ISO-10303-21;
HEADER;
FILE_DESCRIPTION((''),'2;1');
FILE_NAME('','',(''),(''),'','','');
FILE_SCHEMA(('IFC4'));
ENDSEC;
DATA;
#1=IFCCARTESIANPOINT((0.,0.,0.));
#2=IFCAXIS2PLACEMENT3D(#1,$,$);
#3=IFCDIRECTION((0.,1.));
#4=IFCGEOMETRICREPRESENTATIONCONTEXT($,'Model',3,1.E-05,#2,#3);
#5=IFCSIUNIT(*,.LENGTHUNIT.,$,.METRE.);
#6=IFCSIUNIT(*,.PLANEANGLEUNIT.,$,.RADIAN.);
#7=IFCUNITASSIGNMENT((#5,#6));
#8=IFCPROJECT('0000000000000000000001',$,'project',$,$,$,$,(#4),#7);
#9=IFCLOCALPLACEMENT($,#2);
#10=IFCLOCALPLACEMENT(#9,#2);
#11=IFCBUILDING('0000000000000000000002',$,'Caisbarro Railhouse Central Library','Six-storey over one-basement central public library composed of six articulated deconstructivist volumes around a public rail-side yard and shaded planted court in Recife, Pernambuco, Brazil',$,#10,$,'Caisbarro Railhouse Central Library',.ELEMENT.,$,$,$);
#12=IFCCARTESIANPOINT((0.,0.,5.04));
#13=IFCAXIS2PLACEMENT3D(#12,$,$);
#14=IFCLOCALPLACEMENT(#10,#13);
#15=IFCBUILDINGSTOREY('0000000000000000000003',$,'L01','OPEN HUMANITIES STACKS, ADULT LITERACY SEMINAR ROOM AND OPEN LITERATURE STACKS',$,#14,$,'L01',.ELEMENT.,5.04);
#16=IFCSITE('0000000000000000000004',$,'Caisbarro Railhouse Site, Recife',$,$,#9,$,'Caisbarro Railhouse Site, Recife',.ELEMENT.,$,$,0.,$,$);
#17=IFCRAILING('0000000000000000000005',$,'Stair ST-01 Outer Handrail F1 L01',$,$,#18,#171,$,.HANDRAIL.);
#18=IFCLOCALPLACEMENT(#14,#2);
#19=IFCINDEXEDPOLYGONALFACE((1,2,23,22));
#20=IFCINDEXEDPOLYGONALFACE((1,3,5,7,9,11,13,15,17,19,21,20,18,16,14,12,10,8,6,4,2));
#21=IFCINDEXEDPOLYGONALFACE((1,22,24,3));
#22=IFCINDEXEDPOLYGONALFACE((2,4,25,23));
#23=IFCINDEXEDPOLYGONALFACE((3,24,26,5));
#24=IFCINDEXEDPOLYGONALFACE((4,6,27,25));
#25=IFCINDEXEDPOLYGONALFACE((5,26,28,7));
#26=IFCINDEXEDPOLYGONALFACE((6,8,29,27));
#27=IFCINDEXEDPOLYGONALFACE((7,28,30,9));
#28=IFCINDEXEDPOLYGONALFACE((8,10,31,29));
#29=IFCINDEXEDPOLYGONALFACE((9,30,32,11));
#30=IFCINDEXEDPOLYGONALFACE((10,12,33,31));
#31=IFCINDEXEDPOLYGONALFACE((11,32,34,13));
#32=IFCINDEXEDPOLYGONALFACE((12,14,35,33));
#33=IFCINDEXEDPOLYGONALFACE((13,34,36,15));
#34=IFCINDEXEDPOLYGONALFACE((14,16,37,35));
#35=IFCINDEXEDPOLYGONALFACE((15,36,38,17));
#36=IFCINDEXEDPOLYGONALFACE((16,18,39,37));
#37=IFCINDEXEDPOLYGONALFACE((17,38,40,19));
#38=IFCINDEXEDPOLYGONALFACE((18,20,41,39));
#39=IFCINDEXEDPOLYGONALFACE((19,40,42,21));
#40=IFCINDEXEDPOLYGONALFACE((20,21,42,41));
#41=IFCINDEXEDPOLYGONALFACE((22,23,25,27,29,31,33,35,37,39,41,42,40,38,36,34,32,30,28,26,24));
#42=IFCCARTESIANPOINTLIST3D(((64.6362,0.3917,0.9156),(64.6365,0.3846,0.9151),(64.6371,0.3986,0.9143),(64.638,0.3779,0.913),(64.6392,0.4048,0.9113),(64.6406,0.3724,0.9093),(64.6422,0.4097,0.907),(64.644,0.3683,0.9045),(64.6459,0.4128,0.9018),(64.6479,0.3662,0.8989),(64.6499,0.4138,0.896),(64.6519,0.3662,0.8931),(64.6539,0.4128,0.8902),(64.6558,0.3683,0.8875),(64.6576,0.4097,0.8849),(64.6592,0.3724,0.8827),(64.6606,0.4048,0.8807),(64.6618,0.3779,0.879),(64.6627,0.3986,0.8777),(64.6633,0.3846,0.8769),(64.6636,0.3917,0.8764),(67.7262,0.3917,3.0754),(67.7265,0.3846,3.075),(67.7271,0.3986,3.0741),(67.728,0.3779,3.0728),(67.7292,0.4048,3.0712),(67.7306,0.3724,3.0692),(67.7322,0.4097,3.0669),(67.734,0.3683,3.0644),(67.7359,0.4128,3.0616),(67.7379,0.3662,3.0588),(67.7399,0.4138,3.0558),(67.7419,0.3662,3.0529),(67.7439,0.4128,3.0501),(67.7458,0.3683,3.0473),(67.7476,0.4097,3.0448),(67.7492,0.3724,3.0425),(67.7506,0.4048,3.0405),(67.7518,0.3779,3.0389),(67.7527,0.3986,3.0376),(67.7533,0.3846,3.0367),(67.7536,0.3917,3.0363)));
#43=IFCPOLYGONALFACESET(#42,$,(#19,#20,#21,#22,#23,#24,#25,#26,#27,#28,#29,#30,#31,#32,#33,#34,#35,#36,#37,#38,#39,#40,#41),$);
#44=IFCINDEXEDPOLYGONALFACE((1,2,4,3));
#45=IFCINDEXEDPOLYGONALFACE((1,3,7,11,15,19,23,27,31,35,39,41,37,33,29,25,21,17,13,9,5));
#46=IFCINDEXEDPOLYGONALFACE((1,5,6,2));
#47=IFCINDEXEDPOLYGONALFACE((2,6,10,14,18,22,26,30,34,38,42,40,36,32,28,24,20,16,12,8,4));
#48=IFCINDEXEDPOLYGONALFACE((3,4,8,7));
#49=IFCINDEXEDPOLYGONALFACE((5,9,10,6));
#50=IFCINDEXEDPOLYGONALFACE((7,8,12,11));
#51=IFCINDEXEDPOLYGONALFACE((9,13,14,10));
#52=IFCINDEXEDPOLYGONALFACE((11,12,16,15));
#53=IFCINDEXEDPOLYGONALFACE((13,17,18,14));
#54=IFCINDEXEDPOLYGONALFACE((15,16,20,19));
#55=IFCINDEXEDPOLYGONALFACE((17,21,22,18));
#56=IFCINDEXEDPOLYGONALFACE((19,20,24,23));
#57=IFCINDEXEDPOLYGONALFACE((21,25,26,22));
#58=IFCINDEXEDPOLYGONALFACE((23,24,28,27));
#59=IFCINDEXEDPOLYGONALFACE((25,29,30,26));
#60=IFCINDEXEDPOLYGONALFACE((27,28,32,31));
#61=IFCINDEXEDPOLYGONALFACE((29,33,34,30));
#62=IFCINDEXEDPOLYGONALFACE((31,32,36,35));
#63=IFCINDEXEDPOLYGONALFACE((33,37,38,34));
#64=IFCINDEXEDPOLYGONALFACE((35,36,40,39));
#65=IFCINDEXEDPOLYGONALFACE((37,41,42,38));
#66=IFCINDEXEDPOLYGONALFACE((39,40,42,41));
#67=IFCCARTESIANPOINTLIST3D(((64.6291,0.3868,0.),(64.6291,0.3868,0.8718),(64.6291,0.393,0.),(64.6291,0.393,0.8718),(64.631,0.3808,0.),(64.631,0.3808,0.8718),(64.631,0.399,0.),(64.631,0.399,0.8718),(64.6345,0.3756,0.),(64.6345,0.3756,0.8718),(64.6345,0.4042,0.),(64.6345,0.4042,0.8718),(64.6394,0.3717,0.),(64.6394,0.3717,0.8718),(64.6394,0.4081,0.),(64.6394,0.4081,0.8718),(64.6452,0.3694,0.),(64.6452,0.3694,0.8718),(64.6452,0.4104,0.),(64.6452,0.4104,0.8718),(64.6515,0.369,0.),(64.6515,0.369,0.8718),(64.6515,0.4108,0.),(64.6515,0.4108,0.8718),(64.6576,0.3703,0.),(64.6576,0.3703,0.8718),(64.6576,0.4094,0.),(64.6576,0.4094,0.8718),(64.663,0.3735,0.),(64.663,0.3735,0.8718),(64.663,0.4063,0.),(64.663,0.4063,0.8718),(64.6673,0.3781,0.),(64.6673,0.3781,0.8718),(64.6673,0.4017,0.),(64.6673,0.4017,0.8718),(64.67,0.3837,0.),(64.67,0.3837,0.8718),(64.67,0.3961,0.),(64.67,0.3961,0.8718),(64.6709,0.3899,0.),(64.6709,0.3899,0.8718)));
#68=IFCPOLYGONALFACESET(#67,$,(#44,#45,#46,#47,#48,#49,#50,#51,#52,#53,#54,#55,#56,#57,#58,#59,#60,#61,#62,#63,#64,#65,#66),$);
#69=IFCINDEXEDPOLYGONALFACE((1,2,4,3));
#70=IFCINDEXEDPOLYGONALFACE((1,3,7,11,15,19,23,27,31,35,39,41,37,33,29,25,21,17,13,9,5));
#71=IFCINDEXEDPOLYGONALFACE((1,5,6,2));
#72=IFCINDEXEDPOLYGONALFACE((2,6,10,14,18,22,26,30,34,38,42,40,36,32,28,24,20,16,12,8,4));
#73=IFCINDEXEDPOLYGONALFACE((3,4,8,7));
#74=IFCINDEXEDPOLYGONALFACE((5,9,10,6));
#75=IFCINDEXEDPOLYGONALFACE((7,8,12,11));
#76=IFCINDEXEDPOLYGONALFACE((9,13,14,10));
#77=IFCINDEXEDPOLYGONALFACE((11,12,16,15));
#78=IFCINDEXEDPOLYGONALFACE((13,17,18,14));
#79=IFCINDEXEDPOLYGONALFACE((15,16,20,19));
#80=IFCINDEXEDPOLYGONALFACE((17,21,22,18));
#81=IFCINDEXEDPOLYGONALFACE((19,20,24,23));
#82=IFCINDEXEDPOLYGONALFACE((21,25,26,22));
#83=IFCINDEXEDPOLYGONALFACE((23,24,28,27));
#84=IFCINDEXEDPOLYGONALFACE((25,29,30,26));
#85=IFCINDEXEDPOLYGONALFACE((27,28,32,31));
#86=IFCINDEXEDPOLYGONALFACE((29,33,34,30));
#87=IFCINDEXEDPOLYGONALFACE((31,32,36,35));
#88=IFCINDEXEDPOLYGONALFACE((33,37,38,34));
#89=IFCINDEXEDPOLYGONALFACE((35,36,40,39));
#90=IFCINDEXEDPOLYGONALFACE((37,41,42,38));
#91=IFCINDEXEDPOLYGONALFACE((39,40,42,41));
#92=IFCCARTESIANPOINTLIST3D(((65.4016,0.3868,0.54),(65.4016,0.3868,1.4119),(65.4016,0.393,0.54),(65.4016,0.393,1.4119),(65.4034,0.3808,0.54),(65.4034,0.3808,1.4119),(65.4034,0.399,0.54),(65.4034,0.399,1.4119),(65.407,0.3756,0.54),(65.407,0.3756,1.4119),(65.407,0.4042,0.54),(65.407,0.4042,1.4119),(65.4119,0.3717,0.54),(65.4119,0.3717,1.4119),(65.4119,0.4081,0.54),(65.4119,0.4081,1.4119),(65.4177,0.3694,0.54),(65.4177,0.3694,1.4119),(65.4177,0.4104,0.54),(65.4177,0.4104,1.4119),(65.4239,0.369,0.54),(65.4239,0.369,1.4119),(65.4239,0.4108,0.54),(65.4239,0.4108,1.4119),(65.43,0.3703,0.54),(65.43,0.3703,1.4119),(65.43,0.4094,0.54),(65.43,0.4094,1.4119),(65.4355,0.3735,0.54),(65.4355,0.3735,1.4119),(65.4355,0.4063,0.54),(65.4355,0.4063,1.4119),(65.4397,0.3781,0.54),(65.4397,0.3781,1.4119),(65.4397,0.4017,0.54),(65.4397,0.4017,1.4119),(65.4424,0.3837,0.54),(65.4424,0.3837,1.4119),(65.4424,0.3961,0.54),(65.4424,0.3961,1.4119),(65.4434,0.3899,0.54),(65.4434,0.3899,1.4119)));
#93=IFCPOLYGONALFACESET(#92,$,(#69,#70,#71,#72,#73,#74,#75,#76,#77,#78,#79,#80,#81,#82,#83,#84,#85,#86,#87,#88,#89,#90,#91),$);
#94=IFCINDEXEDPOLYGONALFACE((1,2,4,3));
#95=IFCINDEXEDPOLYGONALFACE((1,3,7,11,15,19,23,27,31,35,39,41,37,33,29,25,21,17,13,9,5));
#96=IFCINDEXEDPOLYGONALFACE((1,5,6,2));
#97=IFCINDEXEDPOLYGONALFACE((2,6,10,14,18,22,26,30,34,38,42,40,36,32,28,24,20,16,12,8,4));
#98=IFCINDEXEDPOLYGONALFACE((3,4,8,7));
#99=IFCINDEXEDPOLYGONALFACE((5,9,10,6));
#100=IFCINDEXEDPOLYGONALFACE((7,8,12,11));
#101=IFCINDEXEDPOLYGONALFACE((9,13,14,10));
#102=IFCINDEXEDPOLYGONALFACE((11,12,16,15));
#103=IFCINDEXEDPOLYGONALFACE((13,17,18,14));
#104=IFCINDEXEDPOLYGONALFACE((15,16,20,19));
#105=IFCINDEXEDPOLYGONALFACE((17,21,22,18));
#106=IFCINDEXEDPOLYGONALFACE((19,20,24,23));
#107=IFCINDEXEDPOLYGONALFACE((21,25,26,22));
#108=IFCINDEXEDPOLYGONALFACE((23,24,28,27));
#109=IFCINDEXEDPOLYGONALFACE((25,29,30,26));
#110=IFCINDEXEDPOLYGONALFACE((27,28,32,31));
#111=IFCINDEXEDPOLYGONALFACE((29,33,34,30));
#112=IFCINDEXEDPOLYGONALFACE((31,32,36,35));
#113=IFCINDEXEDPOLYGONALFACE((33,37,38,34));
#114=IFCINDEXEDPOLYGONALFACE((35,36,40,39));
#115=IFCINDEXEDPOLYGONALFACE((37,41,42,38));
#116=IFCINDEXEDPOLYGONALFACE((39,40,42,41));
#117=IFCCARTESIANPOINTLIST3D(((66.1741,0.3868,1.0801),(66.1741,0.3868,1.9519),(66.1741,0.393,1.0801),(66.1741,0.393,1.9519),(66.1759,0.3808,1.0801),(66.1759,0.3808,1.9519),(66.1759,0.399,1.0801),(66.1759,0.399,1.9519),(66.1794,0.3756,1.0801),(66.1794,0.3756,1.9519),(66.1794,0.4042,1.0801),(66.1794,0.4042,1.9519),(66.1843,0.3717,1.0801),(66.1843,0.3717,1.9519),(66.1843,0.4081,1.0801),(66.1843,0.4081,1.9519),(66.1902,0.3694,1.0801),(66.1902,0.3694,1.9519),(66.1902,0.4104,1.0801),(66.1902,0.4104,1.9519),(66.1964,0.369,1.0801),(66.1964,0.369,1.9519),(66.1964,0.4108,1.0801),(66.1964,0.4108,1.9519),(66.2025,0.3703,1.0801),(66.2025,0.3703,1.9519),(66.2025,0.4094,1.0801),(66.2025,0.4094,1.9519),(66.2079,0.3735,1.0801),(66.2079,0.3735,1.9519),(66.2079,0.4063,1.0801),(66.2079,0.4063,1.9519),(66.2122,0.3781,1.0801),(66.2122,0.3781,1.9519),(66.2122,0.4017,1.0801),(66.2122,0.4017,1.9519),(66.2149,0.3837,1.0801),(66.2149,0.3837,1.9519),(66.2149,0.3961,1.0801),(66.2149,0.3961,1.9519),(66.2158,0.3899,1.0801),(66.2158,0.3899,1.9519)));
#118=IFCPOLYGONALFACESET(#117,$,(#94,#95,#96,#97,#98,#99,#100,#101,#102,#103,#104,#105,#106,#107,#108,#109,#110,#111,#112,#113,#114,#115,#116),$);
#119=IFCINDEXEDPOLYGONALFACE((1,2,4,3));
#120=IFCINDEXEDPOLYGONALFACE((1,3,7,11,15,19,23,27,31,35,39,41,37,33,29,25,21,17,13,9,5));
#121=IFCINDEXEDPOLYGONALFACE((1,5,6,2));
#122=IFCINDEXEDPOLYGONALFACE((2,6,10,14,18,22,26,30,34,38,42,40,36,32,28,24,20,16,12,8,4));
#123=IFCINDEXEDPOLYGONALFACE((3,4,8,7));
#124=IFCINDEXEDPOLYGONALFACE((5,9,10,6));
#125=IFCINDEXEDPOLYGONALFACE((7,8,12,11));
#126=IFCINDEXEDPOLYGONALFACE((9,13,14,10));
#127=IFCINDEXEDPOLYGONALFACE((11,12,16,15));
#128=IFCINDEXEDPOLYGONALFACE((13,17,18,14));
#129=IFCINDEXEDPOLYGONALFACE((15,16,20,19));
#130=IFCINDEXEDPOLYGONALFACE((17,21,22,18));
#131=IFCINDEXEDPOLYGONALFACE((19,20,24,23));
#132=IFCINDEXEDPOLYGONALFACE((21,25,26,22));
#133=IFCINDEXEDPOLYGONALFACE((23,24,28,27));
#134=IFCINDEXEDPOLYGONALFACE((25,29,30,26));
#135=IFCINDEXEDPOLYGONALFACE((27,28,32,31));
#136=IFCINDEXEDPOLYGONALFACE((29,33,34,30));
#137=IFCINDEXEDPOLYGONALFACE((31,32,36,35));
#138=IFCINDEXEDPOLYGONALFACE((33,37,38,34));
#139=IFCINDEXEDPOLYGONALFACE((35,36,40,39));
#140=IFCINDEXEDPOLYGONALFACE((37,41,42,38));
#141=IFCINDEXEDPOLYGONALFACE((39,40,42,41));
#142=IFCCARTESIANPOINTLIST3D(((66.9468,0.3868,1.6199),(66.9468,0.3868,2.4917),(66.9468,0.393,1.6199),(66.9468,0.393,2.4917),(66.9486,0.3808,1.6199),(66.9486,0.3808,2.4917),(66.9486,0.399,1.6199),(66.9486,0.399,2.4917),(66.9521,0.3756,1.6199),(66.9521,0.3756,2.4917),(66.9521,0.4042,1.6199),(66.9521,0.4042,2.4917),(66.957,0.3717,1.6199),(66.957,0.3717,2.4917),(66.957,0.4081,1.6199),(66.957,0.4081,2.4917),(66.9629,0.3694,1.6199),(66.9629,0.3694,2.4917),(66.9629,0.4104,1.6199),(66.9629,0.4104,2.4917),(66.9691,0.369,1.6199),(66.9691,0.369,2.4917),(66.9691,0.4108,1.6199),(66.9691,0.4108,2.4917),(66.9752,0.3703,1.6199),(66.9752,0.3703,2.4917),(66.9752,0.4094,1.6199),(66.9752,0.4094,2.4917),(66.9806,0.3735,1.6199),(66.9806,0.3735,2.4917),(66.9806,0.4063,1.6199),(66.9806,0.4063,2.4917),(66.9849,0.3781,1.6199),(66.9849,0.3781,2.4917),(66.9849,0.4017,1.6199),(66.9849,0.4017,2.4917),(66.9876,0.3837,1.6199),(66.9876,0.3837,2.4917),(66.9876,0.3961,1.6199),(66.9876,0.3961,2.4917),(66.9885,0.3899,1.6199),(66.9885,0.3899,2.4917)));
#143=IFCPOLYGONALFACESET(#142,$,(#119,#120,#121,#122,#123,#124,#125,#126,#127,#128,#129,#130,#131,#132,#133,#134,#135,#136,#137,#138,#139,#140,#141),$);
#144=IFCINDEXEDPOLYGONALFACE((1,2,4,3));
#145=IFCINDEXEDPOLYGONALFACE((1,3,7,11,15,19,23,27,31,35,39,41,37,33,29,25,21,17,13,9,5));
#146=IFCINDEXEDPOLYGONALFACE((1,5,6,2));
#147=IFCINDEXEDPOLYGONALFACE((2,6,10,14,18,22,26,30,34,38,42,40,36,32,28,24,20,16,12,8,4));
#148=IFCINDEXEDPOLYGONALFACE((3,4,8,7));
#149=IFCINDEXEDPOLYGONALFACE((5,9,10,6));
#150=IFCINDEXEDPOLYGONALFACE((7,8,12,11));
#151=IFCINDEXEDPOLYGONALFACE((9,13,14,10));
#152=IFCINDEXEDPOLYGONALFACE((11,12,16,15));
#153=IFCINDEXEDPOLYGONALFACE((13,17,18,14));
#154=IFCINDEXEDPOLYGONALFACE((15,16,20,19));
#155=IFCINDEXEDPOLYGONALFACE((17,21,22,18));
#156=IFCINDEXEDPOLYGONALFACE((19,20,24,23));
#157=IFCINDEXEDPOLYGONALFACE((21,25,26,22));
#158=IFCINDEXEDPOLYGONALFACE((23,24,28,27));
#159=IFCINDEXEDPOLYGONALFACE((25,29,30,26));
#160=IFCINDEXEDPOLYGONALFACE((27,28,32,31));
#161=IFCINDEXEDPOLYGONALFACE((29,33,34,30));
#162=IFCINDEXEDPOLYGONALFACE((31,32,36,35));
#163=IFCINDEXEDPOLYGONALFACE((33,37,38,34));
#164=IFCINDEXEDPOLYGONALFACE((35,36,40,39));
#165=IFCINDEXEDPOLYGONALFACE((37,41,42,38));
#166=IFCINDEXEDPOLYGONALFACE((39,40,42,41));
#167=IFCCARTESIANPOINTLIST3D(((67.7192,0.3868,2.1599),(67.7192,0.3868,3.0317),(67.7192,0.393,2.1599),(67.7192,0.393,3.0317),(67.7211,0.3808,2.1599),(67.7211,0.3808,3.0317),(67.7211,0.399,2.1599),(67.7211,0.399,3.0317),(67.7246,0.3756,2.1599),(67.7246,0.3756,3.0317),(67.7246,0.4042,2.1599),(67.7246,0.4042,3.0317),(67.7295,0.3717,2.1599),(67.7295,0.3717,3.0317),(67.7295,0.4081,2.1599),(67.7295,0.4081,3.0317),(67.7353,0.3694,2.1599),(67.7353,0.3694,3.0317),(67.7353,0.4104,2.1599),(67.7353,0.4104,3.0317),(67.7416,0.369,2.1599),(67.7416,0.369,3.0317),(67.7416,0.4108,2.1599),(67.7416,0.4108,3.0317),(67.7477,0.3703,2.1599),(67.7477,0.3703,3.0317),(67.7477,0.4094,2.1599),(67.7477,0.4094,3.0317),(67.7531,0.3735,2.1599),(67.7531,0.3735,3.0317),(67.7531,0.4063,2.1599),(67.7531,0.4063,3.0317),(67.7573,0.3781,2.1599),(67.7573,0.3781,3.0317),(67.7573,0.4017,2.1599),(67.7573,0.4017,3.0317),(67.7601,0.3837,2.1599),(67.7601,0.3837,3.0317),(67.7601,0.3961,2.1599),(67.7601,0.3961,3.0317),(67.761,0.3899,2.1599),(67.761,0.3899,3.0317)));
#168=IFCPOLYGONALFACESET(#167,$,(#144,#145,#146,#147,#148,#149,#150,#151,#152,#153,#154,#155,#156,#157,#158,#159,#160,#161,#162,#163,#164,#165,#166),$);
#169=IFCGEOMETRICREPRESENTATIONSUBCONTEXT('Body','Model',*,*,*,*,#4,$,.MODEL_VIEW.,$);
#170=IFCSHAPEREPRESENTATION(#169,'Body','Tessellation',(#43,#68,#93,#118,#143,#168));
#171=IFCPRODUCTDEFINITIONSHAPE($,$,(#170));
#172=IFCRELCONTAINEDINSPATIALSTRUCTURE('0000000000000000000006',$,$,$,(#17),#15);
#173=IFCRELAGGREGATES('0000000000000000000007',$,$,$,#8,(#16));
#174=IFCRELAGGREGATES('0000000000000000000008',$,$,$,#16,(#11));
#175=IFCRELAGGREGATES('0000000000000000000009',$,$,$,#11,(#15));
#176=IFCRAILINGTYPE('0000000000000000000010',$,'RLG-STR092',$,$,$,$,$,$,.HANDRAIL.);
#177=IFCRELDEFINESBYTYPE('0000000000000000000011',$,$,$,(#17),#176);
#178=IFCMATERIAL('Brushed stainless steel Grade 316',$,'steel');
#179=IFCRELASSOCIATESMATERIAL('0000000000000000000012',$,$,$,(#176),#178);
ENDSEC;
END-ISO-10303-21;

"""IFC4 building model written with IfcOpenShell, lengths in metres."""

from ifc_helpers import new_model, si_unit, direction, frame, origin, origin_2d, place, context, subcontext, project, spatial, circle, extrude, material, type_object, element, save


model = new_model("IFC4")

# Units and contexts
model_context = context("Model", 3, precision=1e-05, world=origin(), true_north=direction((0.0, 1.0)))
body_context = subcontext(model_context, "Body", "Model", "MODEL_VIEW")
ifc_project = project(units=[si_unit("LENGTHUNIT", "METRE"), si_unit("PLANEANGLEUNIT", "RADIAN")], contexts=[model_context])

# Site, building, storey
site_placement = place(None, origin())
site = spatial("IfcSite", under=ifc_project, at=site_placement, Name="Caisbarro Railhouse Site, Recife", LongName="Caisbarro Railhouse Site, Recife", CompositionType="ELEMENT", RefElevation=0.0)
building_placement = place(site_placement, origin())
building = spatial("IfcBuilding", under=site, at=building_placement, Name="Caisbarro Railhouse Central Library", Description="Six-storey over one-basement central public library composed of six articulated deconstructivist volumes around a public rail-side yard and shaded planted court in Recife, Pernambuco, Brazil", LongName="Caisbarro Railhouse Central Library", CompositionType="ELEMENT")
storey_placement = place(building_placement, frame((0.0, 0.0, 5.04)))
storey = spatial("IfcBuildingStorey", under=building, at=storey_placement, Name="L01", Description="OPEN HUMANITIES STACKS, ADULT LITERACY SEMINAR ROOM AND OPEN LITERATURE STACKS", LongName="L01", CompositionType="ELEMENT", Elevation=5.04)

# Railing
ifc_material_1 = material(Name="Brushed stainless steel Grade 316", Category="steel")
railing_type_1 = type_object("IfcRailingType", Name="RLG-STR092", PredefinedType="HANDRAIL", material=ifc_material_1)
railing_1_placement = place(storey_placement, frame((64.6499, 0.3899, 0.0)))
element("IfcRailing", 1, at=railing_1_placement, inside=storey, type_object=railing_type_1, Name="Stair ST-01 Outer Handrail F1 L01", PredefinedType="HANDRAIL", context=body_context, shape_type="SweptSolid", body=[
    extrude(circle(Radius=0.0239, at=origin_2d()), frame((0.0, 0.0, 0.896), z_axis=(0.819624, 0.0, 0.572902), x_axis=(0.0, 1.0, 0.0)), (0.0, 0.0, 1.0), 3.77),
    extrude(circle(Radius=0.021, at=origin_2d()), origin(), (0.0, 0.0, 1.0), 0.8718),
    extrude(circle(Radius=0.021, at=origin_2d()), frame((0.7725, 0.0, 0.54)), (0.0, 0.0, 1.0), 0.8718),
    extrude(circle(Radius=0.021, at=origin_2d()), frame((1.5449, 0.0, 1.0801)), (0.0, 0.0, 1.0), 0.8718),
    extrude(circle(Radius=0.021, at=origin_2d()), frame((2.3176, 0.0, 1.6199)), (0.0, 0.0, 1.0), 0.8718),
    extrude(circle(Radius=0.021, at=origin_2d()), frame((3.0901, 0.0, 2.1599)), (0.0, 0.0, 1.0), 0.8718),
])

save(model, "model.ifc")
